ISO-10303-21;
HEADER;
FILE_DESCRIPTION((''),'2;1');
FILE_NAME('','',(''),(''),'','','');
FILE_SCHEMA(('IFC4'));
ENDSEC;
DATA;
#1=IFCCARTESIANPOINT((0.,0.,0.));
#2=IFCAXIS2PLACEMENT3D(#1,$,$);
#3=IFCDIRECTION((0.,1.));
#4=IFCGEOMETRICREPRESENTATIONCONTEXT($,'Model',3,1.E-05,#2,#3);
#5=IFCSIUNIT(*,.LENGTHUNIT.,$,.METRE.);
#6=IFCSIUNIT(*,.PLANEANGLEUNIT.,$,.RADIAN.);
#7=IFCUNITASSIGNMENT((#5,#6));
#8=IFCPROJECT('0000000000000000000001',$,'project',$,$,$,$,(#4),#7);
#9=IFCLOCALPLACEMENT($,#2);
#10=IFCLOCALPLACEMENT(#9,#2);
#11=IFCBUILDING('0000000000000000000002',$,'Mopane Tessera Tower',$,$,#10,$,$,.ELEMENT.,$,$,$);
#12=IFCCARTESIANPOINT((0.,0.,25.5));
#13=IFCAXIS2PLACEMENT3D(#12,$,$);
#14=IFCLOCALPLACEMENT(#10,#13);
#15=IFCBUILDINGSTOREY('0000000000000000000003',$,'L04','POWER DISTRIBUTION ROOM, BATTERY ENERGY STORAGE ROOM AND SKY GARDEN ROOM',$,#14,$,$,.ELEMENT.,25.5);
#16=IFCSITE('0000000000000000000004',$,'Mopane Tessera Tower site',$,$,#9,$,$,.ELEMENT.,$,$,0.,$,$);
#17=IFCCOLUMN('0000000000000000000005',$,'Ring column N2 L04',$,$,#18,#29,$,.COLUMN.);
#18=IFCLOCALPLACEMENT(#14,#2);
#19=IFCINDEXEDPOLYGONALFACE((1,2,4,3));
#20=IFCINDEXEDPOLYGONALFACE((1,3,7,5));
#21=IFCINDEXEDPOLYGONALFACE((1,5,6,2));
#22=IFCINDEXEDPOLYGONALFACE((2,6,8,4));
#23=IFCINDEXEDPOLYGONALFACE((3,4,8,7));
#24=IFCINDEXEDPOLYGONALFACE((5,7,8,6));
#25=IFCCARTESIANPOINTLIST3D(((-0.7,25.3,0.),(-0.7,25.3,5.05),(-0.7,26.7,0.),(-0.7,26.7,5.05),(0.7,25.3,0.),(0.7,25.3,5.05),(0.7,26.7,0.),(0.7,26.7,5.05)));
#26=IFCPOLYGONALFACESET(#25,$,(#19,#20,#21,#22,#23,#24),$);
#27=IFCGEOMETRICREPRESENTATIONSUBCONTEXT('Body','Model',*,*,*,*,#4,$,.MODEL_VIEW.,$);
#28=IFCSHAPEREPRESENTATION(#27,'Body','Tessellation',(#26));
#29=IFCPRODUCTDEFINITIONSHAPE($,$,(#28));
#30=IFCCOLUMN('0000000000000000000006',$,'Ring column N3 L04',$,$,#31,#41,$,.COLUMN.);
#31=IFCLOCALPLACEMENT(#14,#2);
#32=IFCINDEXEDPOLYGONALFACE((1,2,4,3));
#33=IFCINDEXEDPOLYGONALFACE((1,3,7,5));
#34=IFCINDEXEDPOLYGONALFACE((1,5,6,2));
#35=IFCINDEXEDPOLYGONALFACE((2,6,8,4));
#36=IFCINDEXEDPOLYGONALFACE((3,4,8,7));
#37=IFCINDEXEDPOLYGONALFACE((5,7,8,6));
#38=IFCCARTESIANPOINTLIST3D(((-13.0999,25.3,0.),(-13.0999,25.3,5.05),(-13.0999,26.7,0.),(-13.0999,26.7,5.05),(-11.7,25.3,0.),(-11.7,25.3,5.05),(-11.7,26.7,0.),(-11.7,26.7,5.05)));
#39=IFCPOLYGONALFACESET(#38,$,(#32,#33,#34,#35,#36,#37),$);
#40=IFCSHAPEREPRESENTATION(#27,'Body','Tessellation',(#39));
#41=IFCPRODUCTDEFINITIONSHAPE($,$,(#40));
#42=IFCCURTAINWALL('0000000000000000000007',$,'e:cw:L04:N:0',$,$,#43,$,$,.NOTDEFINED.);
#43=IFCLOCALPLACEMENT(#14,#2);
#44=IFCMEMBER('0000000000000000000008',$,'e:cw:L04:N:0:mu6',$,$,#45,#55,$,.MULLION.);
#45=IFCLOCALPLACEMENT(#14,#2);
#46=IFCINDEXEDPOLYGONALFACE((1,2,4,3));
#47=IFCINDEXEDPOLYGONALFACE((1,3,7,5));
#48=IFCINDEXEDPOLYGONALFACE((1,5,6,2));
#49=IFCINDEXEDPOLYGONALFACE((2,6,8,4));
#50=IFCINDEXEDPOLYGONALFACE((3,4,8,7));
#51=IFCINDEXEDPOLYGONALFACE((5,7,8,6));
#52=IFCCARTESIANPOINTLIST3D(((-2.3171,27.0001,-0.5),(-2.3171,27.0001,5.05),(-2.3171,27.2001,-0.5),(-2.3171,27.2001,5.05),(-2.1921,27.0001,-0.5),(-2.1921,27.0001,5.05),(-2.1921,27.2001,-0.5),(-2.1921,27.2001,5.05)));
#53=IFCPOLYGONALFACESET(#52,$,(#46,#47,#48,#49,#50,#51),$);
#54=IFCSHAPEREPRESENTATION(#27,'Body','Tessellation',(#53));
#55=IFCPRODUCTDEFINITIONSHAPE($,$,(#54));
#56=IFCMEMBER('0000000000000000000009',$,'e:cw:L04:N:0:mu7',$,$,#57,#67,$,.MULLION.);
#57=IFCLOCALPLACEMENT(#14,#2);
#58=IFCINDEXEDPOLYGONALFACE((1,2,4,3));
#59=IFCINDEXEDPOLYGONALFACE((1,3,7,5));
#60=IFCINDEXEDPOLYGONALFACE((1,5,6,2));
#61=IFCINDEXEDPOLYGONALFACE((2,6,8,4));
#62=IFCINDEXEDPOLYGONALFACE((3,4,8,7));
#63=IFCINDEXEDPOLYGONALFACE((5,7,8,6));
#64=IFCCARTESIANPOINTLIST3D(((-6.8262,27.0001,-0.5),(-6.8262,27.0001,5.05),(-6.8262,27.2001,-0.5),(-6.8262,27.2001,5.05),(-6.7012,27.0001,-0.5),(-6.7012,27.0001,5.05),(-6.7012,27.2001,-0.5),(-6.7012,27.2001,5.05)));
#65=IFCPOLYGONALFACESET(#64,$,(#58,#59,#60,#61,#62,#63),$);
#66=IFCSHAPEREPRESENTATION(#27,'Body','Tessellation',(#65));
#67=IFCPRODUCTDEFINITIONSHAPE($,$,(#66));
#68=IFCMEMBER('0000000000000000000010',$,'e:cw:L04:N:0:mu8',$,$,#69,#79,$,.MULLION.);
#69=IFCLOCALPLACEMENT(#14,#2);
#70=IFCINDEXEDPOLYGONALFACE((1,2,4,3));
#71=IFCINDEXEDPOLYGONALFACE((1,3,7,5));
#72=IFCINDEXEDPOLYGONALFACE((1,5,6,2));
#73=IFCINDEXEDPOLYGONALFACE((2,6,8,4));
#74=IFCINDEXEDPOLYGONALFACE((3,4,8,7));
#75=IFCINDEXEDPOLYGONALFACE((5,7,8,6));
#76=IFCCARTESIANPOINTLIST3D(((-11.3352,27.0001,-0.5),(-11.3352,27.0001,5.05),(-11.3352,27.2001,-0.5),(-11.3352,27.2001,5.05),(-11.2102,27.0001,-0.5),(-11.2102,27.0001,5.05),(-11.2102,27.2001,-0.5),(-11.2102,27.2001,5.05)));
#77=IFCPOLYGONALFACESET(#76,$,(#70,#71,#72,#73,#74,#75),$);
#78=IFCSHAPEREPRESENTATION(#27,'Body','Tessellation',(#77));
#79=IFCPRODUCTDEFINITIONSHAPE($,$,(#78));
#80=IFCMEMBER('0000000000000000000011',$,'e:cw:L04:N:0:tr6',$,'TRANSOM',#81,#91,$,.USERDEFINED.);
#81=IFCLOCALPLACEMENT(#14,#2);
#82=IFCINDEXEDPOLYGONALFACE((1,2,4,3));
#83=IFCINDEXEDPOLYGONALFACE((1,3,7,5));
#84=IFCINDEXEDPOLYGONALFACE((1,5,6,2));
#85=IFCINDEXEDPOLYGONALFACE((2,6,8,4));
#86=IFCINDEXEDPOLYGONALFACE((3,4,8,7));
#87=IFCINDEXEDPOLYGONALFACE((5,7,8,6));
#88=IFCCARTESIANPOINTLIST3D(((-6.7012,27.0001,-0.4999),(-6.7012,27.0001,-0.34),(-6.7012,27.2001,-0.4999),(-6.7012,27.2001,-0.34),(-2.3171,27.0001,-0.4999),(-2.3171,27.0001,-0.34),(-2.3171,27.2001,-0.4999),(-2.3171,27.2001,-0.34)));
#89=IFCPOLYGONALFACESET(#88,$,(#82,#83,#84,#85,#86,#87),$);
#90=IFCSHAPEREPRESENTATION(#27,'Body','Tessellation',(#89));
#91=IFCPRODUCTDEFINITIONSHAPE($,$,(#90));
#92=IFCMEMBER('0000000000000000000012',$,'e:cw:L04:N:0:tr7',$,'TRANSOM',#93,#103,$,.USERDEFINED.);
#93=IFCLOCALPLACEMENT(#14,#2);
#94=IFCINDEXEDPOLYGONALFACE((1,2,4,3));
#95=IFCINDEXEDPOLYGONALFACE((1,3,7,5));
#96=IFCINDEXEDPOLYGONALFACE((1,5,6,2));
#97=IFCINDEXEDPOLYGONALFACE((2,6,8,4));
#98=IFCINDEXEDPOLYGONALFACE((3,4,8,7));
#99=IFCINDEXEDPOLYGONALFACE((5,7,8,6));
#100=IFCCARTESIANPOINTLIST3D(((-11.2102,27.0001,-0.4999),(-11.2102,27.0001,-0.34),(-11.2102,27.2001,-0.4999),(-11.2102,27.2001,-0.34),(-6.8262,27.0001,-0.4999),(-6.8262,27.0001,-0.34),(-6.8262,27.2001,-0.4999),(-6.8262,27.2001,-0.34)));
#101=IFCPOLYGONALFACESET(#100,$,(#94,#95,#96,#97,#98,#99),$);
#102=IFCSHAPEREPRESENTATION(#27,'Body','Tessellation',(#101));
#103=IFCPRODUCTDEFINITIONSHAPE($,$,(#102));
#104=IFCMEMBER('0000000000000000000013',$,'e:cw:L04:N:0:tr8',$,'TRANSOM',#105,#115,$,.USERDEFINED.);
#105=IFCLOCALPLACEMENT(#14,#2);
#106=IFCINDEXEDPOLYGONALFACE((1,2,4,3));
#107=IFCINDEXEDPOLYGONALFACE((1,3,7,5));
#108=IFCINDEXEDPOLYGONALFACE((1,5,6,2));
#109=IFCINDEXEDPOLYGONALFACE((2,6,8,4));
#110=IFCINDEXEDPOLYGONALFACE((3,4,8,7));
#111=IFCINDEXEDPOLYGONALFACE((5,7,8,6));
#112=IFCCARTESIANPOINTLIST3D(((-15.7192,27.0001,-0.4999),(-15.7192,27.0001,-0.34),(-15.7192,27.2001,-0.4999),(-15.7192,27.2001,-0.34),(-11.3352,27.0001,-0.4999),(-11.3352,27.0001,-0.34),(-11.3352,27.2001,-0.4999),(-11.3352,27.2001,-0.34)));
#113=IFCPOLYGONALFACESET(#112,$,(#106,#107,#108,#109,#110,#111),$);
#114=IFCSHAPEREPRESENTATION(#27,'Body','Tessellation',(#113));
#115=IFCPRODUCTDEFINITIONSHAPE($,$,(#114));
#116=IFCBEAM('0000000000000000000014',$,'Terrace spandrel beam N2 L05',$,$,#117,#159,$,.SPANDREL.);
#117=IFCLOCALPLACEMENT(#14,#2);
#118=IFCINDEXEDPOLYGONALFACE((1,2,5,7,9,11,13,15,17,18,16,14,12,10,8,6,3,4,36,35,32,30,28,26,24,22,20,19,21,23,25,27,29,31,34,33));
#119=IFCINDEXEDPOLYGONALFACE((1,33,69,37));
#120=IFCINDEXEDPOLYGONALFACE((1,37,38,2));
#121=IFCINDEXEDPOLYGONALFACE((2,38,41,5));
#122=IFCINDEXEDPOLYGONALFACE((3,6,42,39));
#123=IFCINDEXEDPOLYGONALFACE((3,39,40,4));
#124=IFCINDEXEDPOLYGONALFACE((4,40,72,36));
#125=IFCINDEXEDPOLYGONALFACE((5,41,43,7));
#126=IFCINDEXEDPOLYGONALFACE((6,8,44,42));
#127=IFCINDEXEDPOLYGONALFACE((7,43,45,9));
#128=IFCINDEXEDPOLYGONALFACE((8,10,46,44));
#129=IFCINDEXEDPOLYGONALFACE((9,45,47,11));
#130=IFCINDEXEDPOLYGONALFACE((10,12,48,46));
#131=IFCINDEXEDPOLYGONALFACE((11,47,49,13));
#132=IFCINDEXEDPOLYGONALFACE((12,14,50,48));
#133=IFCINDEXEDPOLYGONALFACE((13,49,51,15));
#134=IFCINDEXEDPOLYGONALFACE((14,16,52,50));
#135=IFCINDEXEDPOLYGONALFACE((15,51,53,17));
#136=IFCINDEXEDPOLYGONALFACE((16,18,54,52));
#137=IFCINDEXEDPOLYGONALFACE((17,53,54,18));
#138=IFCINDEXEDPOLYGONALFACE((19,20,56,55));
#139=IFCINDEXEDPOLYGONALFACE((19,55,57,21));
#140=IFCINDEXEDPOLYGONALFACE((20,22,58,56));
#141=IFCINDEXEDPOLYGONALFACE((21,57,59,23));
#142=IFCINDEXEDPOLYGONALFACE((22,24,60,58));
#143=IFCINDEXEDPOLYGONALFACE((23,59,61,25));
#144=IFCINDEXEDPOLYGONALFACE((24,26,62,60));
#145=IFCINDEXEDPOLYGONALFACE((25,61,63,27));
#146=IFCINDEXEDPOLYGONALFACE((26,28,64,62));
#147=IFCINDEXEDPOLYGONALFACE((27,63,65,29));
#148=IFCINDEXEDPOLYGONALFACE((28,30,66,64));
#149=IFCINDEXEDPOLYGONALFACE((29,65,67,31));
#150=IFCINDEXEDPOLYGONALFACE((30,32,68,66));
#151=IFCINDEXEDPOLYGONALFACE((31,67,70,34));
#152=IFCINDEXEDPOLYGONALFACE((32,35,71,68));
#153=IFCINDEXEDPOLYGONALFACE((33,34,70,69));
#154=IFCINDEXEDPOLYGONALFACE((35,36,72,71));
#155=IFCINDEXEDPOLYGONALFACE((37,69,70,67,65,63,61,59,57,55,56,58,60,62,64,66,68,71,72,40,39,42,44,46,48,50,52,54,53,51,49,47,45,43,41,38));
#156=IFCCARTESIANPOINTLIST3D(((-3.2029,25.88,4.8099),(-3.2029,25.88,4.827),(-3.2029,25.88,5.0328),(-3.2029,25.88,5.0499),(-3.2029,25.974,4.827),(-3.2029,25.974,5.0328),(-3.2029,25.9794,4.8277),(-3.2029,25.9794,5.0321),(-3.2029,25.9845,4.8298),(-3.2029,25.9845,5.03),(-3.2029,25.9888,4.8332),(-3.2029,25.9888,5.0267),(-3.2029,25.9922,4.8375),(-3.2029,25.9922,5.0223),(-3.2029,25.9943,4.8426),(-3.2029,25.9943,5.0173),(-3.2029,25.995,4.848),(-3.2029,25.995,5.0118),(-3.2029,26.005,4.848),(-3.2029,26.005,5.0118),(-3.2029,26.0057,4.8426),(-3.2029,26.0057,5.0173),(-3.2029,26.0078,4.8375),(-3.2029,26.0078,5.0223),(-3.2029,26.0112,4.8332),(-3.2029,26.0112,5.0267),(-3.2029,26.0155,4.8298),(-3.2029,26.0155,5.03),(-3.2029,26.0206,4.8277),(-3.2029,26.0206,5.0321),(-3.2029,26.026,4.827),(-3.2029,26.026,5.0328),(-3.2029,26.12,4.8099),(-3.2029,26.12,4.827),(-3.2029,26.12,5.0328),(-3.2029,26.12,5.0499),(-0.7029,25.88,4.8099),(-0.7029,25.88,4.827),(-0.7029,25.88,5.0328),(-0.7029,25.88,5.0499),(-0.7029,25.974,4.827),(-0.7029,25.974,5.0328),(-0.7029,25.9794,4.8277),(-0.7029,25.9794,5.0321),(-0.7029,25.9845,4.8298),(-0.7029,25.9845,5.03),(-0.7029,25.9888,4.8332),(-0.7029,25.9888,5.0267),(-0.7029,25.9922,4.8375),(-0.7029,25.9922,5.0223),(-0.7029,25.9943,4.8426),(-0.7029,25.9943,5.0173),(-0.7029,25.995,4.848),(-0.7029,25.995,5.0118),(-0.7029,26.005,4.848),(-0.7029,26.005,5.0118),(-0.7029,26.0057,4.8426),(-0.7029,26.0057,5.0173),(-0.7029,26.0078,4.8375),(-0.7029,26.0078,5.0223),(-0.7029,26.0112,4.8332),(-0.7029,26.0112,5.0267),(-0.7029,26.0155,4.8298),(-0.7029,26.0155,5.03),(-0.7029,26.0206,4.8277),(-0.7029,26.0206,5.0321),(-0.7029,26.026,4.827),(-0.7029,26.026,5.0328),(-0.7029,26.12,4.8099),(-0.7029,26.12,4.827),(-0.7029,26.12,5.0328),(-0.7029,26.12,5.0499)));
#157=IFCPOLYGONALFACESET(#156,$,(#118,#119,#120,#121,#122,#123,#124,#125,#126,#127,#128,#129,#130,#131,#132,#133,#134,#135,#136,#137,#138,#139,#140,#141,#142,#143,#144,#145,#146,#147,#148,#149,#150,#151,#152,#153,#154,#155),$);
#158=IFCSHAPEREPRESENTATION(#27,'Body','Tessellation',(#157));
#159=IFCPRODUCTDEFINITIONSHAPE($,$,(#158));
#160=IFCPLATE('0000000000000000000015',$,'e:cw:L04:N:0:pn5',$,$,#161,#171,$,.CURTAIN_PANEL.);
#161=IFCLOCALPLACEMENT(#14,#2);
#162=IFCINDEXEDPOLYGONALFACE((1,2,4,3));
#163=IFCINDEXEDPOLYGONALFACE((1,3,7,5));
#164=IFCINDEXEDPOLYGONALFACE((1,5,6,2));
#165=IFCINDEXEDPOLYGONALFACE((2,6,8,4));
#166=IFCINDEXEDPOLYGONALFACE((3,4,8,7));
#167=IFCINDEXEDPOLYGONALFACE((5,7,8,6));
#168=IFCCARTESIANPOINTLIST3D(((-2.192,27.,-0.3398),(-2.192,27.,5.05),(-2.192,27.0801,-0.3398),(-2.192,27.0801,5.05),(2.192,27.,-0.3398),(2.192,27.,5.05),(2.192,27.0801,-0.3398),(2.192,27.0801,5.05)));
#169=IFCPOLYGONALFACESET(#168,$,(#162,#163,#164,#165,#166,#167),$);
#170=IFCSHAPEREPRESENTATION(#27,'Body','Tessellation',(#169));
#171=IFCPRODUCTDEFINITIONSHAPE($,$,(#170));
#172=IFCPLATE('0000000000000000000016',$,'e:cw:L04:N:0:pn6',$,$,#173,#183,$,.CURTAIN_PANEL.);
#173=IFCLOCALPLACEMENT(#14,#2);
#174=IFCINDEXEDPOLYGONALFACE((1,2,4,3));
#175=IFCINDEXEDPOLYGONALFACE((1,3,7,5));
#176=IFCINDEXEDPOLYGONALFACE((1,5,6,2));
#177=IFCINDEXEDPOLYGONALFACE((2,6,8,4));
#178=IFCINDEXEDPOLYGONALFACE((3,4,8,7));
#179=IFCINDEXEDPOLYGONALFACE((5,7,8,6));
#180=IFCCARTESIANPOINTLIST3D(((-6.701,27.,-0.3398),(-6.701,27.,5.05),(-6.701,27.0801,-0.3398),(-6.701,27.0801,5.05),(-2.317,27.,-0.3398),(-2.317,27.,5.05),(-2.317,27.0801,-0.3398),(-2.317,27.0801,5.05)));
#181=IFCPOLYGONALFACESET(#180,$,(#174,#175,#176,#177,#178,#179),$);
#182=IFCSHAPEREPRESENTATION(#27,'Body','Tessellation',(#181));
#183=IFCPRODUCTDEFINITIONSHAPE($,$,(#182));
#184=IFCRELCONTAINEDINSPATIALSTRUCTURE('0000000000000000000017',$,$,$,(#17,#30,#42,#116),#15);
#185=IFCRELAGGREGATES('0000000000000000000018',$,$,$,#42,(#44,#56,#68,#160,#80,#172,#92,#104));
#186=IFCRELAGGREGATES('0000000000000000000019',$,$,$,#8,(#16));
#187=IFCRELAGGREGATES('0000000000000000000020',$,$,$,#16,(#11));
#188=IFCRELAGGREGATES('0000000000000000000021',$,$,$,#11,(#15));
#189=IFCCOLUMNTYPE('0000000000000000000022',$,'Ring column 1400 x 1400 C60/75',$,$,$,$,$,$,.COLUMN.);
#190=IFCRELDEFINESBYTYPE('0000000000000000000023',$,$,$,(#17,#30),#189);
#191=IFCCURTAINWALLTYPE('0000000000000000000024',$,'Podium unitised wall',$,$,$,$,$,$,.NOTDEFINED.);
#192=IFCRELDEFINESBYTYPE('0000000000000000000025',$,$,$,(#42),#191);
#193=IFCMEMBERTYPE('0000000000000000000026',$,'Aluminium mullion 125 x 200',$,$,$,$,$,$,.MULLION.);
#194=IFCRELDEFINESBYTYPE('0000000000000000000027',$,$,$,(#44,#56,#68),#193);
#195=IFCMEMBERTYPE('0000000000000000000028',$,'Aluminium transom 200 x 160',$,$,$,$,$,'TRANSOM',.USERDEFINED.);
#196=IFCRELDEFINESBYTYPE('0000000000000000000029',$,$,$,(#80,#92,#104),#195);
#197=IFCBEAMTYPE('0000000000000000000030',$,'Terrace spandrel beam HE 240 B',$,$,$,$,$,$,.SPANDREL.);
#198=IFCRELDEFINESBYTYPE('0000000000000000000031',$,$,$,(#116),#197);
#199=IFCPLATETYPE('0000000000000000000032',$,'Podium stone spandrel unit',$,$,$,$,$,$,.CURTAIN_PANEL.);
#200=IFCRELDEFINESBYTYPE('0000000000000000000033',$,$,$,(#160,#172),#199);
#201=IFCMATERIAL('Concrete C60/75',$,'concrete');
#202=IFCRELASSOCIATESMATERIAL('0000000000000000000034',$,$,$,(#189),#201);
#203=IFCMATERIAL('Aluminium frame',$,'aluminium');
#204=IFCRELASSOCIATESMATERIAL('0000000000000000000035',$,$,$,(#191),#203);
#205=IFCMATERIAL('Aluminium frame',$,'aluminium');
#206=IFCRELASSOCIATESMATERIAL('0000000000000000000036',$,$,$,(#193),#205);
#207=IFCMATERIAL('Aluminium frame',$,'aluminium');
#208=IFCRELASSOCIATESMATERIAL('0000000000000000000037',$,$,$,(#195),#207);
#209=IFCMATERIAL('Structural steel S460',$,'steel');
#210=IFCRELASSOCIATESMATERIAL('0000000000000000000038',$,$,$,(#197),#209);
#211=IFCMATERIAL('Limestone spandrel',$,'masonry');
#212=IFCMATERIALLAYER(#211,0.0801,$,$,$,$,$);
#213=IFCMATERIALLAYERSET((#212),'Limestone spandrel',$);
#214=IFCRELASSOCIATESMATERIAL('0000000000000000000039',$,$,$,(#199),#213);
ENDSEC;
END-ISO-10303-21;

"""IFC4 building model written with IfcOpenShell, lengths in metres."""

from ifc_helpers import new_model, si_unit, direction, frame, origin, origin_2d, place, context, subcontext, project, spatial, rectangle, i_section, extrude, material, layer, layer_set, material_profile, profile_set, type_object, element, aggregate, save


model = new_model("IFC4")

# Units and contexts
model_context = context("Model", 3, precision=1e-05, world=origin(), true_north=direction((0.0, 1.0)))
body_context = subcontext(model_context, "Body", "Model", "MODEL_VIEW")
ifc_project = project(units=[si_unit("LENGTHUNIT", "METRE"), si_unit("PLANEANGLEUNIT", "RADIAN")], contexts=[model_context])

# Site, building, storey
site_placement = place(None, origin())
site = spatial("IfcSite", under=ifc_project, at=site_placement, Name="Mopane Tessera Tower site", CompositionType="ELEMENT", RefElevation=0.0)
building_placement = place(site_placement, origin())
building = spatial("IfcBuilding", under=site, at=building_placement, Name="Mopane Tessera Tower", CompositionType="ELEMENT")
storey_placement = place(building_placement, frame((0.0, 0.0, 25.5)))
storey = spatial("IfcBuildingStorey", under=building, at=storey_placement, Name="L04", Description="POWER DISTRIBUTION ROOM, BATTERY ENERGY STORAGE ROOM AND SKY GARDEN ROOM", CompositionType="ELEMENT", Elevation=25.5)

# Columns
ifc_material_1 = material(Name="Concrete C60/75", Category="concrete")
ifc_material_profile_1 = material_profile(ifc_material_1, rectangle(XDim=1.3999, YDim=1.3999, at=origin_2d()))
ifc_profile_set_1 = profile_set([ifc_material_profile_1], Name="Concrete C60/75")
column_type = type_object("IfcColumnType", Name="Ring column 1400 x 1400 C60/75", PredefinedType="COLUMN", material=ifc_profile_set_1)
for number, where, z_axis, x_axis, name in (
    (1, (0.0, 26.0, 0.0), (0.0, 0.0, 1.0), (1.0, 0.0, 0.0), "Ring column N2 L04"),
    (2, (-12.3999, 26.0, 0.0), (0.0, 0.0, 1.0), (1.0, 0.0, 0.0), "Ring column N3 L04"),
):
    element("IfcColumn", number, at=place(storey_placement, frame(where, z_axis=z_axis, x_axis=x_axis)), inside=storey, type_object=column_type, Name=name, PredefinedType="COLUMN", context=body_context, shape_type="SweptSolid", body=[
        extrude(rectangle(XDim=1.3999, YDim=1.3999, at=origin_2d()), origin(), (0.0, 0.0, 1.0), 5.05),
    ])

# Curtain wall, members
ifc_material_2 = material(Name="Aluminium frame", Category="aluminium")
curtain_wall_type = type_object("IfcCurtainWallType", Name="Podium unitised wall", PredefinedType="NOTDEFINED", material=ifc_material_2)
curtain_wall_placement = place(storey_placement, origin())
curtain_wall = element("IfcCurtainWall", 3, at=curtain_wall_placement, inside=storey, type_object=curtain_wall_type, Name="e:cw:L04:N:0", PredefinedType="NOTDEFINED")
ifc_material_3 = material(Name="Aluminium frame", Category="aluminium")
ifc_material_profile_2 = material_profile(ifc_material_3, rectangle(XDim=0.125, YDim=0.2, at=origin_2d()))
ifc_profile_set_2 = profile_set([ifc_material_profile_2], Name="Aluminium frame")
member_type_1 = type_object("IfcMemberType", Name="Aluminium mullion 125 x 200", PredefinedType="MULLION", material=ifc_profile_set_2)
member_1_placement = place(storey_placement, frame((-2.2546, 27.1001, -0.5), z_axis=(0.0, 0.0, 1.0), x_axis=(-1.0, 0.0, 0.0)))
member_1 = element("IfcMember", 4, at=member_1_placement, type_object=member_type_1, Name="e:cw:L04:N:0:mu6", PredefinedType="MULLION", context=body_context, shape_type="SweptSolid", body=[
    extrude(rectangle(XDim=0.125, YDim=0.2, at=origin_2d()), origin(), (0.0, 0.0, 1.0), 5.55),
])
member_2_placement = place(storey_placement, frame((-6.7637, 27.1001, -0.5), z_axis=(0.0, 0.0, 1.0), x_axis=(-1.0, 0.0, 0.0)))
member_2 = element("IfcMember", 5, at=member_2_placement, type_object=member_type_1, Name="e:cw:L04:N:0:mu7", PredefinedType="MULLION", context=body_context, shape_type="SweptSolid", body=[
    extrude(rectangle(XDim=0.125, YDim=0.2, at=origin_2d()), origin(), (0.0, 0.0, 1.0), 5.55),
])
member_3_placement = place(storey_placement, frame((-11.2727, 27.1001, -0.5), z_axis=(0.0, 0.0, 1.0), x_axis=(-1.0, 0.0, 0.0)))
member_3 = element("IfcMember", 6, at=member_3_placement, type_object=member_type_1, Name="e:cw:L04:N:0:mu8", PredefinedType="MULLION", context=body_context, shape_type="SweptSolid", body=[
    extrude(rectangle(XDim=0.125, YDim=0.2, at=origin_2d()), origin(), (0.0, 0.0, 1.0), 5.55),
])
ifc_material_4 = material(Name="Aluminium frame", Category="aluminium")
ifc_material_profile_3 = material_profile(ifc_material_4, rectangle(XDim=0.2, YDim=0.1599, at=origin_2d()))
ifc_profile_set_3 = profile_set([ifc_material_profile_3], Name="Aluminium frame")
member_type_2 = type_object("IfcMemberType", Name="Aluminium transom 200 x 160", ElementType="TRANSOM", PredefinedType="USERDEFINED", material=ifc_profile_set_3)
member_4_placement = place(storey_placement, frame((-2.3171, 27.1001, -0.4199), z_axis=(-1.0, 0.0, 0.0), x_axis=(0.0, -1.0, 0.0)))
member_4 = element("IfcMember", 7, at=member_4_placement, type_object=member_type_2, Name="e:cw:L04:N:0:tr6", ObjectType="TRANSOM", PredefinedType="USERDEFINED", context=body_context, shape_type="SweptSolid", body=[
    extrude(rectangle(XDim=0.2, YDim=0.1599, at=origin_2d()), origin(), (0.0, 0.0, 1.0), 4.384),
])
member_5_placement = place(storey_placement, frame((-6.8262, 27.1001, -0.4199), z_axis=(-1.0, 0.0, 0.0), x_axis=(0.0, -1.0, 0.0)))
member_5 = element("IfcMember", 8, at=member_5_placement, type_object=member_type_2, Name="e:cw:L04:N:0:tr7", ObjectType="TRANSOM", PredefinedType="USERDEFINED", context=body_context, shape_type="SweptSolid", body=[
    extrude(rectangle(XDim=0.2, YDim=0.1599, at=origin_2d()), origin(), (0.0, 0.0, 1.0), 4.384),
])
member_6_placement = place(storey_placement, frame((-11.3352, 27.1001, -0.4199), z_axis=(-1.0, 0.0, 0.0), x_axis=(0.0, -1.0, 0.0)))
member_6 = element("IfcMember", 9, at=member_6_placement, type_object=member_type_2, Name="e:cw:L04:N:0:tr8", ObjectType="TRANSOM", PredefinedType="USERDEFINED", context=body_context, shape_type="SweptSolid", body=[
    extrude(rectangle(XDim=0.2, YDim=0.1599, at=origin_2d()), origin(), (0.0, 0.0, 1.0), 4.384),
])

# Beam
ifc_material_5 = material(Name="Structural steel S460", Category="steel")
ifc_material_profile_4 = material_profile(ifc_material_5, i_section(OverallWidth=0.24, OverallDepth=0.24, WebThickness=0.01, FlangeThickness=0.0171, FilletRadius=0.021, at=origin_2d()))
ifc_profile_set_4 = profile_set([ifc_material_profile_4], Name="Structural steel S460")
beam_type = type_object("IfcBeamType", Name="Terrace spandrel beam HE 240 B", PredefinedType="SPANDREL", material=ifc_profile_set_4)
beam_placement = place(storey_placement, frame((-0.7029, 26.0, 4.9299), z_axis=(-1.0, 0.0, 0.0), x_axis=(0.0, -1.0, 0.0)))
element("IfcBeam", 10, at=beam_placement, inside=storey, type_object=beam_type, Name="Terrace spandrel beam N2 L05", PredefinedType="SPANDREL", context=body_context, shape_type="SweptSolid", body=[
    extrude(i_section(OverallWidth=0.24, OverallDepth=0.24, WebThickness=0.01, FlangeThickness=0.0171, FilletRadius=0.021, at=origin_2d()), origin(), (0.0, 0.0, 1.0), 2.5),
])

# Plates
ifc_material_6 = material(Name="Limestone spandrel", Category="masonry")
ifc_layer_1 = layer(ifc_material_6, 0.0801)
ifc_layer_set_1 = layer_set([ifc_layer_1], Name="Limestone spandrel")
plate_type = type_object("IfcPlateType", Name="Podium stone spandrel unit", PredefinedType="CURTAIN_PANEL", material=ifc_layer_set_1)
plate_1_placement = place(storey_placement, frame((0.0, 27.04, -0.3398), z_axis=(0.0, 0.0, 1.0), x_axis=(-1.0, 0.0, 0.0)))
plate_1 = element("IfcPlate", 11, at=plate_1_placement, type_object=plate_type, Name="e:cw:L04:N:0:pn5", PredefinedType="CURTAIN_PANEL", context=body_context, shape_type="SweptSolid", body=[
    extrude(rectangle(XDim=4.384, YDim=0.0801, at=origin_2d()), origin(), (0.0, 0.0, 1.0), 5.3899),
])
plate_2_placement = place(storey_placement, frame((-4.509, 27.04, -0.3398), z_axis=(0.0, 0.0, 1.0), x_axis=(-1.0, 0.0, 0.0)))
plate_2 = element("IfcPlate", 12, at=plate_2_placement, type_object=plate_type, Name="e:cw:L04:N:0:pn6", PredefinedType="CURTAIN_PANEL", context=body_context, shape_type="SweptSolid", body=[
    extrude(rectangle(XDim=4.384, YDim=0.0801, at=origin_2d()), origin(), (0.0, 0.0, 1.0), 5.3899),
])
aggregate(curtain_wall, [member_1, member_2, member_3, plate_1, member_4, plate_2, member_5, member_6])

save(model, "model.ifc")
